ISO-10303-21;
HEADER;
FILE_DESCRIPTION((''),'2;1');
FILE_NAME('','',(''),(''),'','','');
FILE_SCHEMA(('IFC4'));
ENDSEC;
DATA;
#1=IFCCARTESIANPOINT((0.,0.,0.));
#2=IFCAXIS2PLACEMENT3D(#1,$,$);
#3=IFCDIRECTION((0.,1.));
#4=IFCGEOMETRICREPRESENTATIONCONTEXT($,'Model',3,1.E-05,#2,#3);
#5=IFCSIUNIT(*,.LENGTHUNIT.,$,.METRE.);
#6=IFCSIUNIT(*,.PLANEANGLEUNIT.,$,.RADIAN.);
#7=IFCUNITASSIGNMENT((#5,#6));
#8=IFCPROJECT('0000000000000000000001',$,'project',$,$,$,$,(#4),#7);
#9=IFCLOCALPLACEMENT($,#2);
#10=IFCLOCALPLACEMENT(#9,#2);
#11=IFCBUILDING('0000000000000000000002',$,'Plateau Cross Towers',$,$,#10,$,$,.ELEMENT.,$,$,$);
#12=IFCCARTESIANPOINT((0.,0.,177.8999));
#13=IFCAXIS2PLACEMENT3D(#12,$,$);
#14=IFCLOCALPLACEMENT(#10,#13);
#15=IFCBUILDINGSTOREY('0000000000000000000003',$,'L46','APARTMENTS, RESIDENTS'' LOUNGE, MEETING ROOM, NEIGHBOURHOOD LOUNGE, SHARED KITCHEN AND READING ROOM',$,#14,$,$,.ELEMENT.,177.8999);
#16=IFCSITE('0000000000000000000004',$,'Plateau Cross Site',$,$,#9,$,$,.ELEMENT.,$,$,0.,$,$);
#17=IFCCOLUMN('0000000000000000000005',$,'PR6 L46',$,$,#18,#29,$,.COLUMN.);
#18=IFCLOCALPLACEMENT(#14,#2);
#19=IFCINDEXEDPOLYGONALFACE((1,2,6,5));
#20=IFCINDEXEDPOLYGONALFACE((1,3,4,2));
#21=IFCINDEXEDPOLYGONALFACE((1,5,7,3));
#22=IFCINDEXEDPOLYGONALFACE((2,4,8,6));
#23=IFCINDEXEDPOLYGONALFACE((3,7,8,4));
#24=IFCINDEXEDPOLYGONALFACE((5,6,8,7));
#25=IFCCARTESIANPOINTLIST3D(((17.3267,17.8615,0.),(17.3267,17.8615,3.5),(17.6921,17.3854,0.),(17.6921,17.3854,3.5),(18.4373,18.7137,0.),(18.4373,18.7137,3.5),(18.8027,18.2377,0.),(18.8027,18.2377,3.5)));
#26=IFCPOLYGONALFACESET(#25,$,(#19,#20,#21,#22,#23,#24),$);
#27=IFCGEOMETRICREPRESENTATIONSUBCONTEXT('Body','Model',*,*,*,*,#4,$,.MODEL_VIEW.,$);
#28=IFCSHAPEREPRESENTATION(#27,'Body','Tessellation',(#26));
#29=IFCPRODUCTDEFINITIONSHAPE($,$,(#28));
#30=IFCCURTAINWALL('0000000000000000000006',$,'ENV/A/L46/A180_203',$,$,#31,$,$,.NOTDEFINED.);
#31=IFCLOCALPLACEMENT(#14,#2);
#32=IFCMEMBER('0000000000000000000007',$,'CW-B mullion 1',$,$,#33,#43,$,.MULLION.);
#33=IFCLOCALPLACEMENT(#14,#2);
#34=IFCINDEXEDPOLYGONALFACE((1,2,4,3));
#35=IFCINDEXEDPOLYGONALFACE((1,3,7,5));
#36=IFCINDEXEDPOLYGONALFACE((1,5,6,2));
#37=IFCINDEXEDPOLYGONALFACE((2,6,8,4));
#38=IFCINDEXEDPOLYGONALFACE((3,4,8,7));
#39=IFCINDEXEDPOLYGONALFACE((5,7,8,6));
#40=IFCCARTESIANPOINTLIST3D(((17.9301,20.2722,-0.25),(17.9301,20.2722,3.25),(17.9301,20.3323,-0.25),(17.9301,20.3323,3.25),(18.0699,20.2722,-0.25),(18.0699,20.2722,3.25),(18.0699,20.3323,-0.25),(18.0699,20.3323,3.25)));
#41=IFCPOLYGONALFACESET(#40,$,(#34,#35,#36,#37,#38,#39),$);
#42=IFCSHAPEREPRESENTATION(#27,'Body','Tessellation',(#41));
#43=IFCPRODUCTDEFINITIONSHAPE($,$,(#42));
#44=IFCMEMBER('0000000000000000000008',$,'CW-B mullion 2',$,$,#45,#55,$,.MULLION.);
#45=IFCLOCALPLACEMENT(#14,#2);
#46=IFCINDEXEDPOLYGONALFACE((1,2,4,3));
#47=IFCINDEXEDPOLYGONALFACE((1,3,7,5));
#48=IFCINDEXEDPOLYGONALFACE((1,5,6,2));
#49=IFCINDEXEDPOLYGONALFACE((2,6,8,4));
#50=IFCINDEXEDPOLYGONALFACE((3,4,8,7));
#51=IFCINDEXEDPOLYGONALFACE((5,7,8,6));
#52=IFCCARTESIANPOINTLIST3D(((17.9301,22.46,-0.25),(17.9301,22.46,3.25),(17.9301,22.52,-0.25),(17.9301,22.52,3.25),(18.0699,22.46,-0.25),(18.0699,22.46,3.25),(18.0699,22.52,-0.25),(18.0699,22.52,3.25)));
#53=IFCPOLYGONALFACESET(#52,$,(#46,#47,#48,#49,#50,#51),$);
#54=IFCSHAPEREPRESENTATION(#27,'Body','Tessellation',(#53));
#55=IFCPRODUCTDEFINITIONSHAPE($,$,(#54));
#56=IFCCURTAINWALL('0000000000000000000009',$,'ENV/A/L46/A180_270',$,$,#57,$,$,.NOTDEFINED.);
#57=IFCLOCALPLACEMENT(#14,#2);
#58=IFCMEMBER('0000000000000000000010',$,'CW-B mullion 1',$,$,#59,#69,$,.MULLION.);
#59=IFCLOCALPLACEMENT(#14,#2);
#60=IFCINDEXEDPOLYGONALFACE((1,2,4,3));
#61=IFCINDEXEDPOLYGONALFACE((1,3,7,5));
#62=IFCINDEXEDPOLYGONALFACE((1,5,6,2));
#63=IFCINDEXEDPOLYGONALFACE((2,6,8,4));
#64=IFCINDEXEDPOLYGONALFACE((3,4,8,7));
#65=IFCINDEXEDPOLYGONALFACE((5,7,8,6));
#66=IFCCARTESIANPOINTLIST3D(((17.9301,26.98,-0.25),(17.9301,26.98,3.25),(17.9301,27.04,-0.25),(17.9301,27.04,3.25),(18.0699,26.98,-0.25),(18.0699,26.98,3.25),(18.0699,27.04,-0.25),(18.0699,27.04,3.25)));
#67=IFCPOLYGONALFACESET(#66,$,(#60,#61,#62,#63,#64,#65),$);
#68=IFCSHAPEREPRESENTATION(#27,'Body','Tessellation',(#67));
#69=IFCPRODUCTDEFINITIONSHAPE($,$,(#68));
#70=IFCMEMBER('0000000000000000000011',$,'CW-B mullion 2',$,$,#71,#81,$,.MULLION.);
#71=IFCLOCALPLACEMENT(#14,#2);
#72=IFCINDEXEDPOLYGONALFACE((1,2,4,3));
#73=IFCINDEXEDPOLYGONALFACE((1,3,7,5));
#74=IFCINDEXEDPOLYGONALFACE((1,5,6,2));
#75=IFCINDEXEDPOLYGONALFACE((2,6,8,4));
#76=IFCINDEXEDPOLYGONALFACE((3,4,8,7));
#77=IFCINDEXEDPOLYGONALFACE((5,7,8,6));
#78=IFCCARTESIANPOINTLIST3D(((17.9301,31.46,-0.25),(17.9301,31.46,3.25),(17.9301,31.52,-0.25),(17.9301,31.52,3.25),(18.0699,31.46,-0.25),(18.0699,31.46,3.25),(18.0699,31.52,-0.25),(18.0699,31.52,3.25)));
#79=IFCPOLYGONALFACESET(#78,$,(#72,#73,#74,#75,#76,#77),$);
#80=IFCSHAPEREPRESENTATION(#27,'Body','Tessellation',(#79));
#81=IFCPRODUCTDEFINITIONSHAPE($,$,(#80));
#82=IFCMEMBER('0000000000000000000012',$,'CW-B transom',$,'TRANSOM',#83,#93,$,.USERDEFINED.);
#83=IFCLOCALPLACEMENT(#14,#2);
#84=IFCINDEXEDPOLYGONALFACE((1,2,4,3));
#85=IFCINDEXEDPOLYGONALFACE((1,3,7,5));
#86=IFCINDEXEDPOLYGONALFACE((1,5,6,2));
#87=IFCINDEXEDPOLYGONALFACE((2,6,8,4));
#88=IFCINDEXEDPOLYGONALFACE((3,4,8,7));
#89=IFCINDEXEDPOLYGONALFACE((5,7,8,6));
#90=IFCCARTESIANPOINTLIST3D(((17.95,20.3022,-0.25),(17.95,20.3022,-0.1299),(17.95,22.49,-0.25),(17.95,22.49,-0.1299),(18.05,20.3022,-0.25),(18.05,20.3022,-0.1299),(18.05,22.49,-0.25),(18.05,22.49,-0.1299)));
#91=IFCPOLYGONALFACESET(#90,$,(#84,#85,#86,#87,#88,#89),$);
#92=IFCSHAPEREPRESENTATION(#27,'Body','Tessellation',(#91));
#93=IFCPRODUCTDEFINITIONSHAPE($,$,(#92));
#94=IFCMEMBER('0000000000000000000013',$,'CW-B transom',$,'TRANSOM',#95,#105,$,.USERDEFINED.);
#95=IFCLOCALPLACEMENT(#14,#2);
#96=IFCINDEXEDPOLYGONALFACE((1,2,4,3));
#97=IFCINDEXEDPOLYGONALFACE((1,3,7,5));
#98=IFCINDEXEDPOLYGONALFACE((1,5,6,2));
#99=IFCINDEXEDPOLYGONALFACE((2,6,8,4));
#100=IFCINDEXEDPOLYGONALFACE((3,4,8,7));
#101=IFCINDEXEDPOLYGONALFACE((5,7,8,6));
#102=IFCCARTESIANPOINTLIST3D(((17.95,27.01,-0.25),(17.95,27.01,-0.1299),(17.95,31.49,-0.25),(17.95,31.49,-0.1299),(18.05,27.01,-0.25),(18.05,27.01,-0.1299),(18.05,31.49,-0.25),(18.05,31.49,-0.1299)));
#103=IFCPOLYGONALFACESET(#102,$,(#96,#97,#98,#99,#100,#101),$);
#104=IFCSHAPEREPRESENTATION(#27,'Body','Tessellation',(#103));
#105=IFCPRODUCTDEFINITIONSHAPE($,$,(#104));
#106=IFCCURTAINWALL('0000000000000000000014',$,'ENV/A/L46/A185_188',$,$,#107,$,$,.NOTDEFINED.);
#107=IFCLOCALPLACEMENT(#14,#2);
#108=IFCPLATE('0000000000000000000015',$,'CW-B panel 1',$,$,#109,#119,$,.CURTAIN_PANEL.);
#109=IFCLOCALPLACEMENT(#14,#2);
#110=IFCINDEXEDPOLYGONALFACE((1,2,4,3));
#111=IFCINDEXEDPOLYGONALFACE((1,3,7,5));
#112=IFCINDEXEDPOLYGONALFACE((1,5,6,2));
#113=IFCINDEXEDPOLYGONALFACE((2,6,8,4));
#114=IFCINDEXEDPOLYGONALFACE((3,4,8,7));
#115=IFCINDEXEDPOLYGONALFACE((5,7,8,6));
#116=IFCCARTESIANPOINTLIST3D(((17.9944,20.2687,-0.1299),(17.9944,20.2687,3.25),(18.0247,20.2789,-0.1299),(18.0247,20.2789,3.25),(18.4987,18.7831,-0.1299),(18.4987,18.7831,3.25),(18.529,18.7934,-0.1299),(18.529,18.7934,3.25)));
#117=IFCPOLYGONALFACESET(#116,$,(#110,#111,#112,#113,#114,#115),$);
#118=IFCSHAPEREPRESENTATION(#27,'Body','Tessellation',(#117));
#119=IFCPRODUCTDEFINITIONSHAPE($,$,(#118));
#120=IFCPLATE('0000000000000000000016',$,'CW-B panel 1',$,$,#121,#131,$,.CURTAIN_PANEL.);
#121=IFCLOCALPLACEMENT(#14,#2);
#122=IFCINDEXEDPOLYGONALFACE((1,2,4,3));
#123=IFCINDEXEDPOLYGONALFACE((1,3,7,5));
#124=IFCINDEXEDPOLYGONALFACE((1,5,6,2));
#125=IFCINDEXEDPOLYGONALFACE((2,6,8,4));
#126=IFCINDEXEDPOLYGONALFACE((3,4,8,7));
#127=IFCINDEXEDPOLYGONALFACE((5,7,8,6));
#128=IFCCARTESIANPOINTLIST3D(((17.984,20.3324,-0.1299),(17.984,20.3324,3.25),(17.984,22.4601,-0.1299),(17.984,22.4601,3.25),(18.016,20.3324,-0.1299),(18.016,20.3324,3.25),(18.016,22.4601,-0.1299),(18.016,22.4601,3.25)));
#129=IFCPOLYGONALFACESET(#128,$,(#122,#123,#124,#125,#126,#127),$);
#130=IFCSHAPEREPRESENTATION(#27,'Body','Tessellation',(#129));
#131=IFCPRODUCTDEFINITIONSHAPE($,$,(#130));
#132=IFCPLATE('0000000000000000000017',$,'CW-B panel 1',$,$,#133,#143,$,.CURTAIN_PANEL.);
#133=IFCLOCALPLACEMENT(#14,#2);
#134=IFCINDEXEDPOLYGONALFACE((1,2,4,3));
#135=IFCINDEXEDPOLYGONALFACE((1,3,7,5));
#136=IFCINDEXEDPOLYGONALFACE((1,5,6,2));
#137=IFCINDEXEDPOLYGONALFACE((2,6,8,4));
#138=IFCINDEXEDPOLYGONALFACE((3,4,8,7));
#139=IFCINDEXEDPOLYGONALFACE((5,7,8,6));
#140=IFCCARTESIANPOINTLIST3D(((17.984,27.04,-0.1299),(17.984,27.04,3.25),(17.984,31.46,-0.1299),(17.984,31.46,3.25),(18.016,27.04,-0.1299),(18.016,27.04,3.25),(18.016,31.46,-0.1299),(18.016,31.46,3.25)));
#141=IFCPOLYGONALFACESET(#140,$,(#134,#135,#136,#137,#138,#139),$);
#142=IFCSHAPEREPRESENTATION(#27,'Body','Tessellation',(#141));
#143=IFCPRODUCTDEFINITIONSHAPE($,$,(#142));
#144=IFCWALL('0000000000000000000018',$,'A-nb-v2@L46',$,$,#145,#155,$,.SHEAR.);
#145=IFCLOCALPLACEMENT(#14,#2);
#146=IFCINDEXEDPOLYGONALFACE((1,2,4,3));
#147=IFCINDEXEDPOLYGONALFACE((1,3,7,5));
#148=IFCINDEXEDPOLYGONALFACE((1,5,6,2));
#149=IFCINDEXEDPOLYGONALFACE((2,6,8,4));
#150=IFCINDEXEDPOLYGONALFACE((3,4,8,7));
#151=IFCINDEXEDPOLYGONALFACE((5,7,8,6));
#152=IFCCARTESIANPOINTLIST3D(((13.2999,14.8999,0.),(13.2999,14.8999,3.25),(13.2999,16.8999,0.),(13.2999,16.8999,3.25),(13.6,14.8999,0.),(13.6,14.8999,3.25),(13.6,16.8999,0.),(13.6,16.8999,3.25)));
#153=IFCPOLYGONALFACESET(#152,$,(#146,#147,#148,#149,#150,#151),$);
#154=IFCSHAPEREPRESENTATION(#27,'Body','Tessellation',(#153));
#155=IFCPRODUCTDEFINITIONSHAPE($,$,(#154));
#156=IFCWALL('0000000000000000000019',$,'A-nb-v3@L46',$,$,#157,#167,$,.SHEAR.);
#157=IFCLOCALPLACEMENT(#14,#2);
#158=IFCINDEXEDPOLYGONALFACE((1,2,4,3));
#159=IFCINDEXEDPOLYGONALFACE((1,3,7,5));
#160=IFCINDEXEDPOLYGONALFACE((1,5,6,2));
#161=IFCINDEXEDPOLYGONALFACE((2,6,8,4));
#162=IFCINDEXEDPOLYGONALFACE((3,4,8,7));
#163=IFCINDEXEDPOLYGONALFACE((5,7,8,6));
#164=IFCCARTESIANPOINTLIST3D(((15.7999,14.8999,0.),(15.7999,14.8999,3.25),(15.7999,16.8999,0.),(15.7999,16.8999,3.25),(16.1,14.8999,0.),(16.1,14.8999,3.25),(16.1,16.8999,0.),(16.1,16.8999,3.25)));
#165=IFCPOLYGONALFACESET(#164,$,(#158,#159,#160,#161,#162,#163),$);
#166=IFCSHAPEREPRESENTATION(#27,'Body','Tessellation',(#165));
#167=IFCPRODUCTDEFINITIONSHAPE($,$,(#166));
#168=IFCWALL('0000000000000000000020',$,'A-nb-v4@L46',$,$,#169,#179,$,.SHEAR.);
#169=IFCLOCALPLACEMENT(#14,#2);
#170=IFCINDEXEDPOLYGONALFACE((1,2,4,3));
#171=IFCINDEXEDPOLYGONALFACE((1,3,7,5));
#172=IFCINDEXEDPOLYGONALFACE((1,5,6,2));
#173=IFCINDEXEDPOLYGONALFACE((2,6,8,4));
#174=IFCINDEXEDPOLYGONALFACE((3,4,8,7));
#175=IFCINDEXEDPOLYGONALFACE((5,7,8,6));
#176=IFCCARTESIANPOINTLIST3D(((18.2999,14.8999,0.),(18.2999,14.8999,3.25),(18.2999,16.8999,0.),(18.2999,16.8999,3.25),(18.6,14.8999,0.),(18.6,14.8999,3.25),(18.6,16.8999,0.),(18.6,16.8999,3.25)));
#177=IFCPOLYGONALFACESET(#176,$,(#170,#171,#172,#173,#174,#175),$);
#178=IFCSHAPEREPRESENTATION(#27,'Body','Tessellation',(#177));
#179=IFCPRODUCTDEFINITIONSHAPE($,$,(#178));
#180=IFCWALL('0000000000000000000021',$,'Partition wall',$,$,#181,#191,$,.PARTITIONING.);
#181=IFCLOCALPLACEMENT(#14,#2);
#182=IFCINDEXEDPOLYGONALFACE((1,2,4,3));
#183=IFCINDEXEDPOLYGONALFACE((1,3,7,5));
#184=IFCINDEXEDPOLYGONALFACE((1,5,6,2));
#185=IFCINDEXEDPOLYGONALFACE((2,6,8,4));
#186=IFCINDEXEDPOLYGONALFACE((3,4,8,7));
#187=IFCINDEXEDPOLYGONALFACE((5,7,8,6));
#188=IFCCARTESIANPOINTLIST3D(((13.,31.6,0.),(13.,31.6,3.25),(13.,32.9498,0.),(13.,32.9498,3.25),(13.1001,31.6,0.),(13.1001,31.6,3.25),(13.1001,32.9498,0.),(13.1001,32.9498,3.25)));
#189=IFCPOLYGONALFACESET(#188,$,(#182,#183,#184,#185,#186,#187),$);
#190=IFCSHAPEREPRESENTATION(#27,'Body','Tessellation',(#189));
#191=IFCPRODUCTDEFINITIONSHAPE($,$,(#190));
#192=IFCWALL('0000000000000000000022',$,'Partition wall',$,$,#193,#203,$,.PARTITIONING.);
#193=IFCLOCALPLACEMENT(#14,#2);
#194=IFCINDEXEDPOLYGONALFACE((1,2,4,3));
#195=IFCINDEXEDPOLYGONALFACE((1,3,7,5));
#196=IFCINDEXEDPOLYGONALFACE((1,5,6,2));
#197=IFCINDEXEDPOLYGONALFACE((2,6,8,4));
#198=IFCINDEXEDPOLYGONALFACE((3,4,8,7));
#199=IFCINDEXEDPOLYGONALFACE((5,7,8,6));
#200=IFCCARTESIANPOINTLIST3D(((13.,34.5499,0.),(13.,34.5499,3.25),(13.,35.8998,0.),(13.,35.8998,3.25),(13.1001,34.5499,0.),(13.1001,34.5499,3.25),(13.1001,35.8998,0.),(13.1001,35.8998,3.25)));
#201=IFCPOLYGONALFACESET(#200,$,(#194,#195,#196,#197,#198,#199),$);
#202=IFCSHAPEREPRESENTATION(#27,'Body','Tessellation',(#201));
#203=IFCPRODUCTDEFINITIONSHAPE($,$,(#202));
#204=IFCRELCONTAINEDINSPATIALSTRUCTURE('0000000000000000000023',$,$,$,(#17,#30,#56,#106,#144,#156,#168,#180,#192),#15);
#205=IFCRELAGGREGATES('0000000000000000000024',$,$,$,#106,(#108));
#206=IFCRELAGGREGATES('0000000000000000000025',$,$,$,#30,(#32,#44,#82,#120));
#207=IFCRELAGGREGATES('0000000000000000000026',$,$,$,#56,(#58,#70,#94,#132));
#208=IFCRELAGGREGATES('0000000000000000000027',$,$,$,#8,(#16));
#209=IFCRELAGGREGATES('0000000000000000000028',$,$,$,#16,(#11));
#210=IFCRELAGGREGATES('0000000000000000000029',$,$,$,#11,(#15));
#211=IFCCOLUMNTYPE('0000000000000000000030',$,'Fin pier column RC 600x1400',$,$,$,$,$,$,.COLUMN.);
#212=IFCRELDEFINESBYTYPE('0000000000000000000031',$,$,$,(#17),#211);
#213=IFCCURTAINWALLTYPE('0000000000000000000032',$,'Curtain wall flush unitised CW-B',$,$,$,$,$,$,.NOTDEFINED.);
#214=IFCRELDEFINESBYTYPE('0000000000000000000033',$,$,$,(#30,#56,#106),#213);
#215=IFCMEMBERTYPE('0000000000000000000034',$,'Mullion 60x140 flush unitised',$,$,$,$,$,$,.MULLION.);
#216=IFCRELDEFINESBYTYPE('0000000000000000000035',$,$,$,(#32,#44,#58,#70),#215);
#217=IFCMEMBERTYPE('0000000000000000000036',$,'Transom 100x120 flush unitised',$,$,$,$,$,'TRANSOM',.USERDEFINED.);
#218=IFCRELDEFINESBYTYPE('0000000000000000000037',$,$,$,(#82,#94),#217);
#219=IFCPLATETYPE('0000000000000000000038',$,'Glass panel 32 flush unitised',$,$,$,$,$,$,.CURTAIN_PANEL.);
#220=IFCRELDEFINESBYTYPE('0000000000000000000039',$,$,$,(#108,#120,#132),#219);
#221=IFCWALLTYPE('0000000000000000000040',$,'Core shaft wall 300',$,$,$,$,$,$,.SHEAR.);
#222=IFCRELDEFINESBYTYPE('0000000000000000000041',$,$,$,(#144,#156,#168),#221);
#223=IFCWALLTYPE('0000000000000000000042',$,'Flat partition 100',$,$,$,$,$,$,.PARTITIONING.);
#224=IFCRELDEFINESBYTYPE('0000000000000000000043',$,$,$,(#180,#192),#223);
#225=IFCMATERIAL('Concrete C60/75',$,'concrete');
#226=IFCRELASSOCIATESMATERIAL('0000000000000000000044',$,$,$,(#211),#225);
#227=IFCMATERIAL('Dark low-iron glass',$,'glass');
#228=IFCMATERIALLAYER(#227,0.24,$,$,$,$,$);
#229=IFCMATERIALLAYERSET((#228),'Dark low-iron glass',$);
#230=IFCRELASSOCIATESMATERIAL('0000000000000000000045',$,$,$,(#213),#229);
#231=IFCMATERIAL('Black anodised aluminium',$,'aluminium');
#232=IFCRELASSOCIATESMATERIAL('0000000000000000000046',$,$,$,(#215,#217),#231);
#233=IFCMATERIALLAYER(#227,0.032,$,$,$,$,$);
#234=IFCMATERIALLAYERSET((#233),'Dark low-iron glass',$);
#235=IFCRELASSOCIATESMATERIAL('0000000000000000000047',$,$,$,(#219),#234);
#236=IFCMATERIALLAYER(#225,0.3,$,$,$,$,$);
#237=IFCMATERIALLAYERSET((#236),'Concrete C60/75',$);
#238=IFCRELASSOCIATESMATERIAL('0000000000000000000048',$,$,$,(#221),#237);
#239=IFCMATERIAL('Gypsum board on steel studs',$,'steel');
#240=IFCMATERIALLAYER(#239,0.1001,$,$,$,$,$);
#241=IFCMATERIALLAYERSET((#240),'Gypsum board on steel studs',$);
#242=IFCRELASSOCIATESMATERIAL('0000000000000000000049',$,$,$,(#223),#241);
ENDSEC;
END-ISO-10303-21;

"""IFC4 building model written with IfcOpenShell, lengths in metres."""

from ifc_helpers import new_model, si_unit, direction, frame, frame_2d, origin, origin_2d, place, context, subcontext, project, spatial, rectangle, extrude, material, layer, layer_set, material_profile, profile_set, type_object, element, aggregate, save


model = new_model("IFC4")

# Units and contexts
model_context = context("Model", 3, precision=1e-05, world=origin(), true_north=direction((0.0, 1.0)))
body_context = subcontext(model_context, "Body", "Model", "MODEL_VIEW")
ifc_project = project(units=[si_unit("LENGTHUNIT", "METRE"), si_unit("PLANEANGLEUNIT", "RADIAN")], contexts=[model_context])

# Site, building, storey
site_placement = place(None, origin())
site = spatial("IfcSite", under=ifc_project, at=site_placement, Name="Plateau Cross Site", CompositionType="ELEMENT", RefElevation=0.0)
building_placement = place(site_placement, origin())
building = spatial("IfcBuilding", under=site, at=building_placement, Name="Plateau Cross Towers", CompositionType="ELEMENT")
storey_placement = place(building_placement, frame((0.0, 0.0, 177.8999)))
storey = spatial("IfcBuildingStorey", under=building, at=storey_placement, Name="L46", Description="APARTMENTS, RESIDENTS' LOUNGE, MEETING ROOM, NEIGHBOURHOOD LOUNGE, SHARED KITCHEN AND READING ROOM", CompositionType="ELEMENT", Elevation=177.8999)

# Column
ifc_material_1 = material(Name="Concrete C60/75", Category="concrete")
ifc_material_profile_1 = material_profile(ifc_material_1, rectangle(XDim=0.6001, YDim=1.3999, at=origin_2d()), Name="RC 600x1400")
ifc_profile_set_1 = profile_set([ifc_material_profile_1], Name="Concrete C60/75")
column_type = type_object("IfcColumnType", Name="Fin pier column RC 600x1400", PredefinedType="COLUMN", material=ifc_profile_set_1)
column_placement = place(storey_placement, frame((18.0647, 18.0496, 0.0), z_axis=(0.0, 0.0, 1.0), x_axis=(-0.608811, 0.793315, 0.0)))
element("IfcColumn", 1, at=column_placement, inside=storey, type_object=column_type, Name="PR6 L46", PredefinedType="COLUMN", context=body_context, shape_type="SweptSolid", body=[
    extrude(rectangle(XDim=0.6001, YDim=1.3999, at=origin_2d()), origin(), (0.0, 0.0, 1.0), 3.5),
])

# Curtain walls, members
ifc_material_2 = material(Name="Dark low-iron glass", Category="glass")
ifc_layer_1 = layer(ifc_material_2, 0.24)
ifc_layer_set_1 = layer_set([ifc_layer_1], Name="Dark low-iron glass")
curtain_wall_type = type_object("IfcCurtainWallType", Name="Curtain wall flush unitised CW-B", PredefinedType="NOTDEFINED", material=ifc_layer_set_1)
curtain_wall_1_placement = place(storey_placement, origin())
curtain_wall_1 = element("IfcCurtainWall", 2, at=curtain_wall_1_placement, inside=storey, type_object=curtain_wall_type, Name="ENV/A/L46/A180_203", PredefinedType="NOTDEFINED")
ifc_material_3 = material(Name="Black anodised aluminium", Category="aluminium")
ifc_material_profile_2 = material_profile(ifc_material_3, rectangle(XDim=0.0601, YDim=0.1399, at=origin_2d()), Name="MULLION 60x140")
ifc_profile_set_2 = profile_set([ifc_material_profile_2], Name="Black anodised aluminium")
member_type_1 = type_object("IfcMemberType", Name="Mullion 60x140 flush unitised", PredefinedType="MULLION", material=ifc_profile_set_2)
member_1_placement = place(storey_placement, frame((18.0, 20.3022, -0.25), z_axis=(0.0, 0.0, 1.0), x_axis=(0.0, 1.0, 0.0)))
member_1 = element("IfcMember", 3, at=member_1_placement, type_object=member_type_1, Name="CW-B mullion 1", PredefinedType="MULLION", context=body_context, shape_type="SweptSolid", body=[
    extrude(rectangle(XDim=0.0601, YDim=0.1399, at=origin_2d()), origin(), (0.0, 0.0, 1.0), 3.5),
])
member_2_placement = place(storey_placement, frame((18.0, 22.49, -0.25), z_axis=(0.0, 0.0, 1.0), x_axis=(0.0, 1.0, 0.0)))
member_2 = element("IfcMember", 4, at=member_2_placement, type_object=member_type_1, Name="CW-B mullion 2", PredefinedType="MULLION", context=body_context, shape_type="SweptSolid", body=[
    extrude(rectangle(XDim=0.0601, YDim=0.1399, at=origin_2d()), origin(), (0.0, 0.0, 1.0), 3.5),
])
curtain_wall_2_placement = place(storey_placement, origin())
curtain_wall_2 = element("IfcCurtainWall", 5, at=curtain_wall_2_placement, inside=storey, type_object=curtain_wall_type, Name="ENV/A/L46/A180_270", PredefinedType="NOTDEFINED")
member_3_placement = place(storey_placement, frame((18.0, 27.01, -0.25), z_axis=(0.0, 0.0, 1.0), x_axis=(0.0, 1.0, 0.0)))
member_3 = element("IfcMember", 6, at=member_3_placement, type_object=member_type_1, Name="CW-B mullion 1", PredefinedType="MULLION", context=body_context, shape_type="SweptSolid", body=[
    extrude(rectangle(XDim=0.0601, YDim=0.1399, at=origin_2d()), origin(), (0.0, 0.0, 1.0), 3.5),
])
member_4_placement = place(storey_placement, frame((18.0, 31.49, -0.25), z_axis=(0.0, 0.0, 1.0), x_axis=(0.0, 1.0, 0.0)))
member_4 = element("IfcMember", 7, at=member_4_placement, type_object=member_type_1, Name="CW-B mullion 2", PredefinedType="MULLION", context=body_context, shape_type="SweptSolid", body=[
    extrude(rectangle(XDim=0.0601, YDim=0.1399, at=origin_2d()), origin(), (0.0, 0.0, 1.0), 3.5),
])

# Members
ifc_material_profile_3 = material_profile(ifc_material_3, rectangle(XDim=0.1001, YDim=0.1201, at=origin_2d()), Name="TRANSOM 100x120")
ifc_profile_set_3 = profile_set([ifc_material_profile_3], Name="Black anodised aluminium")
member_type_2 = type_object("IfcMemberType", Name="Transom 100x120 flush unitised", ElementType="TRANSOM", PredefinedType="USERDEFINED", material=ifc_profile_set_3)
member_5_placement = place(storey_placement, frame((18.0, 20.3022, -0.1899), z_axis=(0.0, 1.0, 0.0), x_axis=(-1.0, 0.0, 0.0)))
member_5 = element("IfcMember", 8, at=member_5_placement, type_object=member_type_2, Name="CW-B transom", ObjectType="TRANSOM", PredefinedType="USERDEFINED", context=body_context, shape_type="SweptSolid", body=[
    extrude(rectangle(XDim=0.1001, YDim=0.1201, at=origin_2d()), origin(), (0.0, 0.0, 1.0), 2.1877),
])
member_6_placement = place(storey_placement, frame((18.0, 27.01, -0.1899), z_axis=(0.0, 1.0, 0.0), x_axis=(-1.0, 0.0, 0.0)))
member_6 = element("IfcMember", 9, at=member_6_placement, type_object=member_type_2, Name="CW-B transom", ObjectType="TRANSOM", PredefinedType="USERDEFINED", context=body_context, shape_type="SweptSolid", body=[
    extrude(rectangle(XDim=0.1001, YDim=0.1201, at=origin_2d()), origin(), (0.0, 0.0, 1.0), 4.48),
])

# Curtain wall, plate
curtain_wall_3_placement = place(storey_placement, origin())
curtain_wall_3 = element("IfcCurtainWall", 10, at=curtain_wall_3_placement, inside=storey, type_object=curtain_wall_type, Name="ENV/A/L46/A185_188", PredefinedType="NOTDEFINED")
ifc_layer_2 = layer(ifc_material_2, 0.032)
ifc_layer_set_2 = layer_set([ifc_layer_2], Name="Dark low-iron glass")
plate_type = type_object("IfcPlateType", Name="Glass panel 32 flush unitised", PredefinedType="CURTAIN_PANEL", material=ifc_layer_set_2)
plate_1_placement = place(storey_placement, frame((18.2617, 19.531, -0.1299), z_axis=(0.0, 0.0, 1.0), x_axis=(-0.321469, 0.94692, 0.0)))
plate_1 = element("IfcPlate", 11, at=plate_1_placement, type_object=plate_type, Name="CW-B panel 1", PredefinedType="CURTAIN_PANEL", context=body_context, shape_type="SweptSolid", body=[
    extrude(rectangle(XDim=1.5688, YDim=0.032, at=origin_2d()), origin(), (0.0, 0.0, 1.0), 3.3799),
])
aggregate(curtain_wall_3, [plate_1])

# Plates
plate_2_placement = place(storey_placement, frame((18.0, 21.3962, -0.1299), z_axis=(0.0, 0.0, 1.0), x_axis=(0.0, 1.0, 0.0)))
plate_2 = element("IfcPlate", 12, at=plate_2_placement, type_object=plate_type, Name="CW-B panel 1", PredefinedType="CURTAIN_PANEL", context=body_context, shape_type="SweptSolid", body=[
    extrude(rectangle(XDim=2.1277, YDim=0.032, at=origin_2d()), origin(), (0.0, 0.0, 1.0), 3.3799),
])
aggregate(curtain_wall_1, [member_1, member_2, member_5, plate_2])
plate_3_placement = place(storey_placement, frame((18.0, 29.25, -0.1299), z_axis=(0.0, 0.0, 1.0), x_axis=(0.0, 1.0, 0.0)))
plate_3 = element("IfcPlate", 13, at=plate_3_placement, type_object=plate_type, Name="CW-B panel 1", PredefinedType="CURTAIN_PANEL", context=body_context, shape_type="SweptSolid", body=[
    extrude(rectangle(XDim=4.4199, YDim=0.032, at=origin_2d()), origin(), (0.0, 0.0, 1.0), 3.3799),
])
aggregate(curtain_wall_2, [member_3, member_4, member_6, plate_3])

# Walls
ifc_layer_3 = layer(ifc_material_1, 0.3)
ifc_layer_set_3 = layer_set([ifc_layer_3], Name="Concrete C60/75")
wall_type_1 = type_object("IfcWallType", Name="Core shaft wall 300", PredefinedType="SHEAR", material=ifc_layer_set_3)
for number, where, z_axis, x_axis, name in (
    (14, (13.45, 14.8999, 0.0), (0.0, 0.0, 1.0), (0.0, 1.0, 0.0), "A-nb-v2@L46"),
    (15, (15.95, 14.8999, 0.0), (0.0, 0.0, 1.0), (0.0, 1.0, 0.0), "A-nb-v3@L46"),
    (16, (18.45, 14.8999, 0.0), (0.0, 0.0, 1.0), (0.0, 1.0, 0.0), "A-nb-v4@L46"),
):
    element("IfcWall", number, at=place(storey_placement, frame(where, z_axis=z_axis, x_axis=x_axis)), inside=storey, type_object=wall_type_1, Name=name, PredefinedType="SHEAR", context=body_context, shape_type="SweptSolid", body=[
        extrude(rectangle(XDim=2.0, YDim=0.3, at=frame_2d((1.0, 0.0))), origin(), (0.0, 0.0, 1.0), 3.25),
    ])
ifc_material_4 = material(Name="Gypsum board on steel studs", Category="steel")
ifc_layer_4 = layer(ifc_material_4, 0.1001)
ifc_layer_set_4 = layer_set([ifc_layer_4], Name="Gypsum board on steel studs")
wall_type_2 = type_object("IfcWallType", Name="Flat partition 100", PredefinedType="PARTITIONING", material=ifc_layer_set_4)
for number, where, z_axis, x_axis, name in (
    (17, (13.05, 31.6001, 0.0), (0.0, 0.0, 1.0), (0.0, 1.0, 0.0), "Partition wall"),
    (18, (13.05, 34.55, 0.0), (0.0, 0.0, 1.0), (0.0, 1.0, 0.0), "Partition wall"),
):
    element("IfcWall", number, at=place(storey_placement, frame(where, z_axis=z_axis, x_axis=x_axis)), inside=storey, type_object=wall_type_2, Name=name, PredefinedType="PARTITIONING", context=body_context, shape_type="SweptSolid", body=[
        extrude(rectangle(XDim=1.3499, YDim=0.1001, at=frame_2d((0.6748, 0.0))), origin(), (0.0, 0.0, 1.0), 3.25),
    ])

save(model, "model.ifc")
